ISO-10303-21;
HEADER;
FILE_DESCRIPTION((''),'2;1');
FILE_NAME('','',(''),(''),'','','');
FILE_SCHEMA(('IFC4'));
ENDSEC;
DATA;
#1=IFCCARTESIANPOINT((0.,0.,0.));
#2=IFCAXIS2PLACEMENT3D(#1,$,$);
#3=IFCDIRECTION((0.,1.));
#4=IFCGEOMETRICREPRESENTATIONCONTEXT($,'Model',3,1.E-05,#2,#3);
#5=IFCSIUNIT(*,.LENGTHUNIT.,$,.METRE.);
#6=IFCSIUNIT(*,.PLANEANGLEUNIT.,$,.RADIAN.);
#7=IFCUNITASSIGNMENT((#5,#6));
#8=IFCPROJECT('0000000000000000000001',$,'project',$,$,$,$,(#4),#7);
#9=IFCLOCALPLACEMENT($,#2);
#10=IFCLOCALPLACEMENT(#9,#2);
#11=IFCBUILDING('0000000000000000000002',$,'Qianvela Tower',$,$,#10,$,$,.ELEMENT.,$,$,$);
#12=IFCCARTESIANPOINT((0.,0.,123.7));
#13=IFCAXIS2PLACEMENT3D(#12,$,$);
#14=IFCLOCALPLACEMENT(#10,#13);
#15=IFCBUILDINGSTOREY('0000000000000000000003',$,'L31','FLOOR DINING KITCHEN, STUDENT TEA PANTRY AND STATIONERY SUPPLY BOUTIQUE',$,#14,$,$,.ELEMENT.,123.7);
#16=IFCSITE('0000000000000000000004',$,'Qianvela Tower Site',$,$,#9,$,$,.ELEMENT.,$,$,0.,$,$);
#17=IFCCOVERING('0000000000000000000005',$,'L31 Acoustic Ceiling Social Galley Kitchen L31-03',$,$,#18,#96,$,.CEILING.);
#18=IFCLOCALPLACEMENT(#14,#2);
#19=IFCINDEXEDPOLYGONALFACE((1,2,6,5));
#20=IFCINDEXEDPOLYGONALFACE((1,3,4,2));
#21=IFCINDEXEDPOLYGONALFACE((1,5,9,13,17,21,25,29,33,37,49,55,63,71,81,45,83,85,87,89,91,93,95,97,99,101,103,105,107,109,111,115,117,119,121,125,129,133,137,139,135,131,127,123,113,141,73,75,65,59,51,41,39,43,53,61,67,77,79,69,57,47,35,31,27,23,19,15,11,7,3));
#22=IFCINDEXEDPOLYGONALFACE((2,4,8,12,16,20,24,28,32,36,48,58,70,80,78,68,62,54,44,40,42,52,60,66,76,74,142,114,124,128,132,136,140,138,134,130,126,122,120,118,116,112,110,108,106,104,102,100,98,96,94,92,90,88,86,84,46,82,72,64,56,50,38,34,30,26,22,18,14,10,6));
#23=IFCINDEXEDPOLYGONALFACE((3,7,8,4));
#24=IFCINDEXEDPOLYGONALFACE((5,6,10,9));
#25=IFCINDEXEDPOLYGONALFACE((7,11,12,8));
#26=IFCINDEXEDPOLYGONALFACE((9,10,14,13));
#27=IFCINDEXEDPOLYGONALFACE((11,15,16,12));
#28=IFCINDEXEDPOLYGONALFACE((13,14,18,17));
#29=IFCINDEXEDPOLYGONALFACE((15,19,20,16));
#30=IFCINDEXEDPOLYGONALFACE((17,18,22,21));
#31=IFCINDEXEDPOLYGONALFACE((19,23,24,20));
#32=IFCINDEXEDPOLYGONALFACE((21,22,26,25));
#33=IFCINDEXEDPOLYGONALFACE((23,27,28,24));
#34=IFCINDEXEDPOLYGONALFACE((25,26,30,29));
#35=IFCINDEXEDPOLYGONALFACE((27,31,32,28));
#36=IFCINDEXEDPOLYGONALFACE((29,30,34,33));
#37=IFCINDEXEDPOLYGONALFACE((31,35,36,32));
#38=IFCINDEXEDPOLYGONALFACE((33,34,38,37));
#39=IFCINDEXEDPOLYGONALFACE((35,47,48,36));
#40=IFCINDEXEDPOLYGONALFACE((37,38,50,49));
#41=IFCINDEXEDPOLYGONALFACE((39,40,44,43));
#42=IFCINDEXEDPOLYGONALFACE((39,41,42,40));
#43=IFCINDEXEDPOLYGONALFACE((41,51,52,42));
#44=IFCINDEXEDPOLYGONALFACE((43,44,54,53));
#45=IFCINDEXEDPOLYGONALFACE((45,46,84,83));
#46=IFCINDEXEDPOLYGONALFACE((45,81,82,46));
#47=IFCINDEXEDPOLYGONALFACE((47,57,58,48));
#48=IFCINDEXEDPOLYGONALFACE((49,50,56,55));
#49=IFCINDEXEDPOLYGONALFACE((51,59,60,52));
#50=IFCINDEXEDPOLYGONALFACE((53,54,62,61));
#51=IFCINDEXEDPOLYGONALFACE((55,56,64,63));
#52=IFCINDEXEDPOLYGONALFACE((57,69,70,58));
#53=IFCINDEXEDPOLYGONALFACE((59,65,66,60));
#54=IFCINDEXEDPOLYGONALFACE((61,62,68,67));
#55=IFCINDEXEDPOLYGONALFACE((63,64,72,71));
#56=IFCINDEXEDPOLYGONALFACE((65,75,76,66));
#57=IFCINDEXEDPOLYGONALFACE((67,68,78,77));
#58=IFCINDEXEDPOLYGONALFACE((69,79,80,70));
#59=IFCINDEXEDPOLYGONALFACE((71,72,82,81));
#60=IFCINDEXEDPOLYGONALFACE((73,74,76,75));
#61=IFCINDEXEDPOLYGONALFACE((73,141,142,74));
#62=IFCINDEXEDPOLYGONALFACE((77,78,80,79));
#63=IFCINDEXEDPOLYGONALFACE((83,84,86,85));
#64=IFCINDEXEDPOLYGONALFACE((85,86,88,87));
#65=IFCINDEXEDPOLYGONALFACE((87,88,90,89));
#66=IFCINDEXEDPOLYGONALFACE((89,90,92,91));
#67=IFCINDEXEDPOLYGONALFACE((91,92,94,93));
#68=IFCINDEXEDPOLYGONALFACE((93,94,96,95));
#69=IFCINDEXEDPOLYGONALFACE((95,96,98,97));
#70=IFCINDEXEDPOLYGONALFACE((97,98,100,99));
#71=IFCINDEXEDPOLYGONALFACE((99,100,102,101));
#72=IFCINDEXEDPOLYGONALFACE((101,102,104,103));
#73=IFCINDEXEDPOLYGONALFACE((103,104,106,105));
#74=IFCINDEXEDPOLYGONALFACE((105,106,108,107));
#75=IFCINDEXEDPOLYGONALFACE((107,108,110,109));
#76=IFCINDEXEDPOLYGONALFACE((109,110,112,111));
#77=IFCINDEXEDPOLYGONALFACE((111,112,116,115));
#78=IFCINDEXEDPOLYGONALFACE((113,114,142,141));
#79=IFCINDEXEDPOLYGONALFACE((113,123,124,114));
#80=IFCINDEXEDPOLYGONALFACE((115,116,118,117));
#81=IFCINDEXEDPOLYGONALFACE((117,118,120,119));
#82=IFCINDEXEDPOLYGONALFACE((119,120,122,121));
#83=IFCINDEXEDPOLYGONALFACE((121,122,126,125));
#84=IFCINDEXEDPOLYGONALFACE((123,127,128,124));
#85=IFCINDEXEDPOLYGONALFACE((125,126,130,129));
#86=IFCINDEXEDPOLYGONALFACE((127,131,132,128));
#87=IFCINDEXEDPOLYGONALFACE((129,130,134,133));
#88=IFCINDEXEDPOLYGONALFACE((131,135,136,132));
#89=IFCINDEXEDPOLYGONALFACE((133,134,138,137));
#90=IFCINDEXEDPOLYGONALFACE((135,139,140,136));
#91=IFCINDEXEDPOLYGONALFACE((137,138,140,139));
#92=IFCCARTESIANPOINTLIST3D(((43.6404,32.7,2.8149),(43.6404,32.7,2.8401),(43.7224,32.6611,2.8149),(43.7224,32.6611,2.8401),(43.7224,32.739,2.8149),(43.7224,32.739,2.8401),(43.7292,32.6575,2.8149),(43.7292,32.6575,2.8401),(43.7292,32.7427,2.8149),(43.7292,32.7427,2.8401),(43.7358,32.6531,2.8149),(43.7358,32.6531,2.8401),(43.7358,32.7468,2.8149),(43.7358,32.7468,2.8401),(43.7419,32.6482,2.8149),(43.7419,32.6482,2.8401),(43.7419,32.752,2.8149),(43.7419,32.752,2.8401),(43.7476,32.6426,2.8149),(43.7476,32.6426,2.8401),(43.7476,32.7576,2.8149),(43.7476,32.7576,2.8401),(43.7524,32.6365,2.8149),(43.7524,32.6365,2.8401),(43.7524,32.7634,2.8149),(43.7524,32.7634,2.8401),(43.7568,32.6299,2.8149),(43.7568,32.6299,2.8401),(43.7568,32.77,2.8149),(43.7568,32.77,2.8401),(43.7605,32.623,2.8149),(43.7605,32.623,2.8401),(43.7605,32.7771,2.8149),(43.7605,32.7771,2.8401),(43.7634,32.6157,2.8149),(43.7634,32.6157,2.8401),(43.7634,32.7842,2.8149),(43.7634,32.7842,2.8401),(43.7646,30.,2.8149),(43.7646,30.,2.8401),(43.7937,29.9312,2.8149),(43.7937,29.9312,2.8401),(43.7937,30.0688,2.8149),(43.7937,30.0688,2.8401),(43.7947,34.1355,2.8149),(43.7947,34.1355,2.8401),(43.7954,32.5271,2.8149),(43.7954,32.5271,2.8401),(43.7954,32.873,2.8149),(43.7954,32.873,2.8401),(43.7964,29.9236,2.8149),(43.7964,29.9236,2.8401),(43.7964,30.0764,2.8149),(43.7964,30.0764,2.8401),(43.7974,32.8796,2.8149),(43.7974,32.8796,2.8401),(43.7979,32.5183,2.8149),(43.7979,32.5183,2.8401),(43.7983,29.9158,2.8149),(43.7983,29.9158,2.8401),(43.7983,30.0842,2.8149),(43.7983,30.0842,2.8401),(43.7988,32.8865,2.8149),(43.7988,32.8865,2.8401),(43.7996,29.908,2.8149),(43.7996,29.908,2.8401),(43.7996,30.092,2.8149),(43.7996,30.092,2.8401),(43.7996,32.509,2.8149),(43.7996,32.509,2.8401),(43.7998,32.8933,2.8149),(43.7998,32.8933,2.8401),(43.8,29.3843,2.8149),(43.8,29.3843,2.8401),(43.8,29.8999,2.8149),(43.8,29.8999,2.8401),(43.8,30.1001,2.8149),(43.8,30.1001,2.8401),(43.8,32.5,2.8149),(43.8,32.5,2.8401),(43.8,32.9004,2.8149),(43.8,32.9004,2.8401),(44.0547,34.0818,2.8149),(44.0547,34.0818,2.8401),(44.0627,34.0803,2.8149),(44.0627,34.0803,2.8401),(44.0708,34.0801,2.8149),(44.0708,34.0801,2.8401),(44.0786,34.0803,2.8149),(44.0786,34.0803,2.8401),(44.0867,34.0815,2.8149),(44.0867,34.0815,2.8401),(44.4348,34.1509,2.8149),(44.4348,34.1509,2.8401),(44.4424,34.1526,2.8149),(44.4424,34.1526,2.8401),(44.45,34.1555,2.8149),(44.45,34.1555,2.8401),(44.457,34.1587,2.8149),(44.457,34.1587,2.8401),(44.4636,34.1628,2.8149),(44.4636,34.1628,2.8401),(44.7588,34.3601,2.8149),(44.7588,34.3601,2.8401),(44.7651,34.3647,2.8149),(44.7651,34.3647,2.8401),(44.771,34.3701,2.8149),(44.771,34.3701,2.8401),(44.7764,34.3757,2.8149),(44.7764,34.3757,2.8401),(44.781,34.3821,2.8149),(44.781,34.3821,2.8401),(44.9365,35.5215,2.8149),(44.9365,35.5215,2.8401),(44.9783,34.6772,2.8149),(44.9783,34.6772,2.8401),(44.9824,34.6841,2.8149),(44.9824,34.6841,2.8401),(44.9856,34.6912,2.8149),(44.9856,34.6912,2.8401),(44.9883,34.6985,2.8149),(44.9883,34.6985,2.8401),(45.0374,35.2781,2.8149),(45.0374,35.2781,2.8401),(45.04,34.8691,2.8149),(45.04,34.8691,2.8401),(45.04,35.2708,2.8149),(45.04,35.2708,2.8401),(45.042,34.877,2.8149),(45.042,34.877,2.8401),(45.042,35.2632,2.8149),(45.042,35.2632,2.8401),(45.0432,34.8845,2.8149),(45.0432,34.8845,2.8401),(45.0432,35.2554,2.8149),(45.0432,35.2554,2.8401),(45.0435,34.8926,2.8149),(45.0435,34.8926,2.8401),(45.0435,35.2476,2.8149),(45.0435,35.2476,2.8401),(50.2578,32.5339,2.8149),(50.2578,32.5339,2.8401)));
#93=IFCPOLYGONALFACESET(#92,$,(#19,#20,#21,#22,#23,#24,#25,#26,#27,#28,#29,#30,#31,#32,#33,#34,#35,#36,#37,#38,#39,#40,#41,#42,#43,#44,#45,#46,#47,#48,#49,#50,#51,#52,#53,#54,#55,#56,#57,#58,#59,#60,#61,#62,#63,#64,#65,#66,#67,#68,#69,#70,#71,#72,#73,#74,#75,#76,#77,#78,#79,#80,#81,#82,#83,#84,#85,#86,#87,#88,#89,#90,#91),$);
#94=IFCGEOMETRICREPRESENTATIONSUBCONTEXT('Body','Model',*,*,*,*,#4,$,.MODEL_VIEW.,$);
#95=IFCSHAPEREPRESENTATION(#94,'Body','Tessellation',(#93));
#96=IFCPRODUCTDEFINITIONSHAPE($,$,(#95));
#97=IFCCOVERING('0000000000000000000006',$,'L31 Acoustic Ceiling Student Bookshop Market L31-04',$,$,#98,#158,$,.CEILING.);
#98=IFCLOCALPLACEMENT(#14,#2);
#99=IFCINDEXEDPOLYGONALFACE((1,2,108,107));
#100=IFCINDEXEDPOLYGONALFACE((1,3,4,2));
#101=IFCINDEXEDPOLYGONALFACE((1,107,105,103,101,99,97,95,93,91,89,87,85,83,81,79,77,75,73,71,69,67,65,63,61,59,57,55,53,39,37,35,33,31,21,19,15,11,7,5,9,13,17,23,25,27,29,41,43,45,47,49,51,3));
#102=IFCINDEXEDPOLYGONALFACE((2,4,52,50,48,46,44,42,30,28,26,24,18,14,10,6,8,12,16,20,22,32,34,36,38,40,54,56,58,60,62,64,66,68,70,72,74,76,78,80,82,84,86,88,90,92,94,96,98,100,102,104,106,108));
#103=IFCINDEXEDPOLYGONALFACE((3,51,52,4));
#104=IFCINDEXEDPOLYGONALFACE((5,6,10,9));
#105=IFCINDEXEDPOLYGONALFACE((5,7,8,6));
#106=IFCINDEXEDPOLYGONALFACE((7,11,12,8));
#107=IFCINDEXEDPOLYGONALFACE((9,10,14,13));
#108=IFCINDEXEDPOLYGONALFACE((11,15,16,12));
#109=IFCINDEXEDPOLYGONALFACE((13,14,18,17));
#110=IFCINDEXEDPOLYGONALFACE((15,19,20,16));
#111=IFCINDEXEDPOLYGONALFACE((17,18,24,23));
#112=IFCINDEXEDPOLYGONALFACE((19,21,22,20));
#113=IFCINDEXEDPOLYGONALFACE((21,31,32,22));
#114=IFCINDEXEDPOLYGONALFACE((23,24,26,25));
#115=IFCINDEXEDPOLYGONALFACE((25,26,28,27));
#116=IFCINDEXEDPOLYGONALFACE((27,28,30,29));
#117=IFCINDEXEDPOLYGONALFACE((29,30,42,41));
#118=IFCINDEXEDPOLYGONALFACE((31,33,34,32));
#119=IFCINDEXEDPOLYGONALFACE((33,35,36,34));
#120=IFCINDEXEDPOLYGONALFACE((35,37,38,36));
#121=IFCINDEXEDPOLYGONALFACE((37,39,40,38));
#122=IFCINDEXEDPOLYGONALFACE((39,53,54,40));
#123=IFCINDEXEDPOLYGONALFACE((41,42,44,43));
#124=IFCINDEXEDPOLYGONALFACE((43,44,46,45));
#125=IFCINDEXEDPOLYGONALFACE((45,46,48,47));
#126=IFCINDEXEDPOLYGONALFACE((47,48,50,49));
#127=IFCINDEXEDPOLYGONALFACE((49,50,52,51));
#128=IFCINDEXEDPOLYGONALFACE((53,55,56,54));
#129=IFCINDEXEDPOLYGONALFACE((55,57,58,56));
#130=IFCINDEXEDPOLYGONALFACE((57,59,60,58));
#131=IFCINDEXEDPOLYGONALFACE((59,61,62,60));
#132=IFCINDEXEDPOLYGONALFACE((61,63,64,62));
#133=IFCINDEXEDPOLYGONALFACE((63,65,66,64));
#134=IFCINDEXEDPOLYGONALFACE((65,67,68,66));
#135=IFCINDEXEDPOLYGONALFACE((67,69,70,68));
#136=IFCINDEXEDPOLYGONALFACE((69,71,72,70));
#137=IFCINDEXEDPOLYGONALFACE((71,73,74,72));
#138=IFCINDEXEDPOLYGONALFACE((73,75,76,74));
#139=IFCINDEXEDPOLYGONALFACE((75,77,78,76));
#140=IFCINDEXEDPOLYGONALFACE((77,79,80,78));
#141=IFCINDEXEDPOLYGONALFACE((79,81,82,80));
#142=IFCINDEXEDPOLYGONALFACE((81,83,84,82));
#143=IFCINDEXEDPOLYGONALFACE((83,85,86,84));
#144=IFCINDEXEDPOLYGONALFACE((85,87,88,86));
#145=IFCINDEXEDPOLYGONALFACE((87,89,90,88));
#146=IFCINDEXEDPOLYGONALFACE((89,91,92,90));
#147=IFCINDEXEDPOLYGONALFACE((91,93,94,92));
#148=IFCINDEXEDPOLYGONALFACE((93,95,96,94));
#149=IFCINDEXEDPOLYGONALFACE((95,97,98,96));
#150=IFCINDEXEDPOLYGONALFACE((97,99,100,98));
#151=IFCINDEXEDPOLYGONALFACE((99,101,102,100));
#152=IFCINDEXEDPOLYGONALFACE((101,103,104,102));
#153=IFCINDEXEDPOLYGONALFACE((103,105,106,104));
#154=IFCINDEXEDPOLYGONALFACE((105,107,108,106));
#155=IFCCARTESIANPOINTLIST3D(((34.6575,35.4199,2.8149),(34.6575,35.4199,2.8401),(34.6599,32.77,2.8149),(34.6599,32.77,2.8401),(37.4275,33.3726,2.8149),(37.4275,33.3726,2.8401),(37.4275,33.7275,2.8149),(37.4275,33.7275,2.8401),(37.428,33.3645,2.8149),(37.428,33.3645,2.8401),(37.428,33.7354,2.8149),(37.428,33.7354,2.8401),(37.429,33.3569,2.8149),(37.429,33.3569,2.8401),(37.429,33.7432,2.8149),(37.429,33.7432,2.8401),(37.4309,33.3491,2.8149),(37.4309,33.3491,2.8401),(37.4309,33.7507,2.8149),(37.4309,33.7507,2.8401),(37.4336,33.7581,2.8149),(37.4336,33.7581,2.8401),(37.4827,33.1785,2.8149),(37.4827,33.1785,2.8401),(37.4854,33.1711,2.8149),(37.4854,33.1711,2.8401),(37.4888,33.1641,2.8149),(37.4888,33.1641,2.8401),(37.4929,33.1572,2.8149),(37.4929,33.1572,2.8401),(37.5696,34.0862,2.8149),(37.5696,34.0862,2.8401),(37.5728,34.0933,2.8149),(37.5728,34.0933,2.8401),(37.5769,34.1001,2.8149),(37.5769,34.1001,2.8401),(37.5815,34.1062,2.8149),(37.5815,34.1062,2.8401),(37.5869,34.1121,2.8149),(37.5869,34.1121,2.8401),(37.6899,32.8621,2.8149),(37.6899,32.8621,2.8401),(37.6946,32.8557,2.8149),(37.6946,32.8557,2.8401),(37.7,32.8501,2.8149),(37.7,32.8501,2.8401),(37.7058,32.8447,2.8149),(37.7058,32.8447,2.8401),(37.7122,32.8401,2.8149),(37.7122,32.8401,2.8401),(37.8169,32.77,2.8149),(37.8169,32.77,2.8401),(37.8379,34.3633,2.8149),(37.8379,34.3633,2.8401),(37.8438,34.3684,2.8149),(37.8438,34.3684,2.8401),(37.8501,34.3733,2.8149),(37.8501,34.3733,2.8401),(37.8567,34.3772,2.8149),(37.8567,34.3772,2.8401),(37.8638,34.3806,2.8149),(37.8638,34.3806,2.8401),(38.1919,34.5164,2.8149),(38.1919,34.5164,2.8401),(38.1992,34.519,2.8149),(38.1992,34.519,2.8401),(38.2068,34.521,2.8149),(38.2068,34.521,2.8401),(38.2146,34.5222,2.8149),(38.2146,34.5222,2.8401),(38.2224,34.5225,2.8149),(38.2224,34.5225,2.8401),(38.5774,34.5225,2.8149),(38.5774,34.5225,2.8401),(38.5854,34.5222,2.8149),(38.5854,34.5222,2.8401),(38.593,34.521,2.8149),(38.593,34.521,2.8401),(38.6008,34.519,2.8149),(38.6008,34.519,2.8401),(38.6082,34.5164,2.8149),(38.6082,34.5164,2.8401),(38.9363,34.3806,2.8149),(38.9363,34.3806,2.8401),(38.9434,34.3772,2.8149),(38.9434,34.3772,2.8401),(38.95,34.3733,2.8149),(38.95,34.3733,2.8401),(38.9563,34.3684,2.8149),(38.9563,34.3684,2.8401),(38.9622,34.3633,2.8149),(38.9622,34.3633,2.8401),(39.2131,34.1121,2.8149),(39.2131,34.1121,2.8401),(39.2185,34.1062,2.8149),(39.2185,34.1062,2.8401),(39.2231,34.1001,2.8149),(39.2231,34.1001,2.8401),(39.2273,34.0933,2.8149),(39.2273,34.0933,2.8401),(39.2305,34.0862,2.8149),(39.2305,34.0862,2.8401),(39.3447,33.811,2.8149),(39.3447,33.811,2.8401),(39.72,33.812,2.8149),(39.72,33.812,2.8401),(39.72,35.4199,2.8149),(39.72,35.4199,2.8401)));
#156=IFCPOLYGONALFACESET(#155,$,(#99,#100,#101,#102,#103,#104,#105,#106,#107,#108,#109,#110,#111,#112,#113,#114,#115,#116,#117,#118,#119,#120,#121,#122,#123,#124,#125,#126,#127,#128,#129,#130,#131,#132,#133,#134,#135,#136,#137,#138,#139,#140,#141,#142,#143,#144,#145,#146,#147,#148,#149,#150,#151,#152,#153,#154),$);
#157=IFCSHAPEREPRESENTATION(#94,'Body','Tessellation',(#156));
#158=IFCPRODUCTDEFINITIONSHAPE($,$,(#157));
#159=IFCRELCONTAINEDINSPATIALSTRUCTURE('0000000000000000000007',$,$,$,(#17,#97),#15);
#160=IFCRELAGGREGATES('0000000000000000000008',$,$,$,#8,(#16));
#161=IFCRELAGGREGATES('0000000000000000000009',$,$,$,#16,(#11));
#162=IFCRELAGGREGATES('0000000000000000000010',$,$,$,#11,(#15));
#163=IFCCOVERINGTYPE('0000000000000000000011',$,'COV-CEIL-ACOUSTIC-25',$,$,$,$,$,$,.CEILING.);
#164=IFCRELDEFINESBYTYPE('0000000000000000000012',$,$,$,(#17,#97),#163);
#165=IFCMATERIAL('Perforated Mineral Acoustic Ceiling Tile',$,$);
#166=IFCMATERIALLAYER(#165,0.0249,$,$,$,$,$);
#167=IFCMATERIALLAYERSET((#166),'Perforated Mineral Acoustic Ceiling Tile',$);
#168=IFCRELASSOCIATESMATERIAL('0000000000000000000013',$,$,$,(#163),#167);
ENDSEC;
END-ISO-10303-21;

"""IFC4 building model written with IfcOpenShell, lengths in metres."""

from ifc_helpers import new_model, si_unit, direction, frame, origin, place, context, subcontext, project, spatial, polyline, outline, extrude, material, layer, layer_set, type_object, element, save


model = new_model("IFC4")

# Units and contexts
model_context = context("Model", 3, precision=1e-05, world=origin(), true_north=direction((0.0, 1.0)))
body_context = subcontext(model_context, "Body", "Model", "MODEL_VIEW")
ifc_project = project(units=[si_unit("LENGTHUNIT", "METRE"), si_unit("PLANEANGLEUNIT", "RADIAN")], contexts=[model_context])

# Site, building, storey
site_placement = place(None, origin())
site = spatial("IfcSite", under=ifc_project, at=site_placement, Name="Qianvela Tower Site", CompositionType="ELEMENT", RefElevation=0.0)
building_placement = place(site_placement, origin())
building = spatial("IfcBuilding", under=site, at=building_placement, Name="Qianvela Tower", CompositionType="ELEMENT")
storey_placement = place(building_placement, frame((0.0, 0.0, 123.7)))
storey = spatial("IfcBuildingStorey", under=building, at=storey_placement, Name="L31", Description="FLOOR DINING KITCHEN, STUDENT TEA PANTRY AND STATIONERY SUPPLY BOUTIQUE", CompositionType="ELEMENT", Elevation=123.7)

# Coverings
ifc_material_1 = material(Name="Perforated Mineral Acoustic Ceiling Tile")
ifc_layer_1 = layer(ifc_material_1, 0.0249)
ifc_layer_set_1 = layer_set([ifc_layer_1], Name="Perforated Mineral Acoustic Ceiling Tile")
covering_type_1 = type_object("IfcCoveringType", Name="COV-CEIL-ACOUSTIC-25", PredefinedType="CEILING", material=ifc_layer_set_1)
covering_1_placement = place(storey_placement, frame((0.0, 0.0, 2.8149)))
element("IfcCovering", 1, at=covering_1_placement, inside=storey, type_object=covering_type_1, Name="L31 Acoustic Ceiling Social Galley Kitchen L31-03", PredefinedType="CEILING", context=body_context, shape_type="SweptSolid", body=[
    extrude(outline(polyline([(43.6404, 32.7), (43.7224, 32.739), (43.7292, 32.7427), (43.7358, 32.7468), (43.7419, 32.752), (43.7476, 32.7576), (43.7524, 32.7634), (43.7568, 32.77), (43.7605, 32.7771), (43.7634, 32.7842), (43.7954, 32.873), (43.7974, 32.8796), (43.7988, 32.8865), (43.7998, 32.8933), (43.8, 32.9004), (43.7947, 34.1355), (44.0547, 34.0818), (44.0627, 34.0803), (44.0708, 34.0801), (44.0786, 34.0803), (44.0867, 34.0815), (44.4348, 34.1509), (44.4424, 34.1526), (44.45, 34.1555), (44.457, 34.1587), (44.4636, 34.1628), (44.7588, 34.3601), (44.7651, 34.3647), (44.771, 34.3701), (44.7764, 34.3757), (44.781, 34.3821), (44.9783, 34.6772), (44.9824, 34.6841), (44.9856, 34.6912), (44.9883, 34.6985), (45.04, 34.8691), (45.042, 34.877), (45.0432, 34.8845), (45.0435, 34.8926), (45.0435, 35.2476), (45.0432, 35.2554), (45.042, 35.2632), (45.04, 35.2708), (45.0374, 35.2781), (44.9365, 35.5215), (50.2578, 32.5339), (43.8, 29.3843), (43.8, 29.8999), (43.7996, 29.908), (43.7983, 29.9158), (43.7964, 29.9236), (43.7937, 29.9312), (43.7646, 30.0), (43.7937, 30.0688), (43.7964, 30.0764), (43.7983, 30.0842), (43.7996, 30.092), (43.8, 30.1001), (43.8, 32.5), (43.7996, 32.509), (43.7979, 32.5183), (43.7954, 32.5271), (43.7634, 32.6157), (43.7605, 32.623), (43.7568, 32.6299), (43.7524, 32.6365), (43.7476, 32.6426), (43.7419, 32.6482), (43.7358, 32.6531), (43.7292, 32.6575), (43.7224, 32.6611), (43.6404, 32.7)])), origin(), (0.0, 0.0, 1.0), 0.0251),
])
covering_2_placement = place(storey_placement, frame((0.0, 0.0, 2.8149)))
element("IfcCovering", 2, at=covering_2_placement, inside=storey, type_object=covering_type_1, Name="L31 Acoustic Ceiling Student Bookshop Market L31-04", PredefinedType="CEILING", context=body_context, shape_type="SweptSolid", body=[
    extrude(outline(polyline([(34.6575, 35.4199), (39.72, 35.4199), (39.72, 33.812), (39.3447, 33.811), (39.2305, 34.0862), (39.2273, 34.0933), (39.2231, 34.1001), (39.2185, 34.1062), (39.2131, 34.1121), (38.9622, 34.3633), (38.9563, 34.3684), (38.95, 34.3733), (38.9434, 34.3772), (38.9363, 34.3806), (38.6082, 34.5164), (38.6008, 34.519), (38.593, 34.521), (38.5854, 34.5222), (38.5774, 34.5225), (38.2224, 34.5225), (38.2146, 34.5222), (38.2068, 34.521), (38.1992, 34.519), (38.1919, 34.5164), (37.8638, 34.3806), (37.8567, 34.3772), (37.8501, 34.3733), (37.8438, 34.3684), (37.8379, 34.3633), (37.5869, 34.1121), (37.5815, 34.1062), (37.5769, 34.1001), (37.5728, 34.0933), (37.5696, 34.0862), (37.4336, 33.7581), (37.4309, 33.7507), (37.429, 33.7432), (37.428, 33.7354), (37.4275, 33.7275), (37.4275, 33.3726), (37.428, 33.3645), (37.429, 33.3569), (37.4309, 33.3491), (37.4827, 33.1785), (37.4854, 33.1711), (37.4888, 33.1641), (37.4929, 33.1572), (37.6899, 32.8621), (37.6946, 32.8557), (37.7, 32.8501), (37.7058, 32.8447), (37.7122, 32.8401), (37.8169, 32.77), (34.6599, 32.77), (34.6575, 35.4199)])), origin(), (0.0, 0.0, 1.0), 0.0251),
])

save(model, "model.ifc")
